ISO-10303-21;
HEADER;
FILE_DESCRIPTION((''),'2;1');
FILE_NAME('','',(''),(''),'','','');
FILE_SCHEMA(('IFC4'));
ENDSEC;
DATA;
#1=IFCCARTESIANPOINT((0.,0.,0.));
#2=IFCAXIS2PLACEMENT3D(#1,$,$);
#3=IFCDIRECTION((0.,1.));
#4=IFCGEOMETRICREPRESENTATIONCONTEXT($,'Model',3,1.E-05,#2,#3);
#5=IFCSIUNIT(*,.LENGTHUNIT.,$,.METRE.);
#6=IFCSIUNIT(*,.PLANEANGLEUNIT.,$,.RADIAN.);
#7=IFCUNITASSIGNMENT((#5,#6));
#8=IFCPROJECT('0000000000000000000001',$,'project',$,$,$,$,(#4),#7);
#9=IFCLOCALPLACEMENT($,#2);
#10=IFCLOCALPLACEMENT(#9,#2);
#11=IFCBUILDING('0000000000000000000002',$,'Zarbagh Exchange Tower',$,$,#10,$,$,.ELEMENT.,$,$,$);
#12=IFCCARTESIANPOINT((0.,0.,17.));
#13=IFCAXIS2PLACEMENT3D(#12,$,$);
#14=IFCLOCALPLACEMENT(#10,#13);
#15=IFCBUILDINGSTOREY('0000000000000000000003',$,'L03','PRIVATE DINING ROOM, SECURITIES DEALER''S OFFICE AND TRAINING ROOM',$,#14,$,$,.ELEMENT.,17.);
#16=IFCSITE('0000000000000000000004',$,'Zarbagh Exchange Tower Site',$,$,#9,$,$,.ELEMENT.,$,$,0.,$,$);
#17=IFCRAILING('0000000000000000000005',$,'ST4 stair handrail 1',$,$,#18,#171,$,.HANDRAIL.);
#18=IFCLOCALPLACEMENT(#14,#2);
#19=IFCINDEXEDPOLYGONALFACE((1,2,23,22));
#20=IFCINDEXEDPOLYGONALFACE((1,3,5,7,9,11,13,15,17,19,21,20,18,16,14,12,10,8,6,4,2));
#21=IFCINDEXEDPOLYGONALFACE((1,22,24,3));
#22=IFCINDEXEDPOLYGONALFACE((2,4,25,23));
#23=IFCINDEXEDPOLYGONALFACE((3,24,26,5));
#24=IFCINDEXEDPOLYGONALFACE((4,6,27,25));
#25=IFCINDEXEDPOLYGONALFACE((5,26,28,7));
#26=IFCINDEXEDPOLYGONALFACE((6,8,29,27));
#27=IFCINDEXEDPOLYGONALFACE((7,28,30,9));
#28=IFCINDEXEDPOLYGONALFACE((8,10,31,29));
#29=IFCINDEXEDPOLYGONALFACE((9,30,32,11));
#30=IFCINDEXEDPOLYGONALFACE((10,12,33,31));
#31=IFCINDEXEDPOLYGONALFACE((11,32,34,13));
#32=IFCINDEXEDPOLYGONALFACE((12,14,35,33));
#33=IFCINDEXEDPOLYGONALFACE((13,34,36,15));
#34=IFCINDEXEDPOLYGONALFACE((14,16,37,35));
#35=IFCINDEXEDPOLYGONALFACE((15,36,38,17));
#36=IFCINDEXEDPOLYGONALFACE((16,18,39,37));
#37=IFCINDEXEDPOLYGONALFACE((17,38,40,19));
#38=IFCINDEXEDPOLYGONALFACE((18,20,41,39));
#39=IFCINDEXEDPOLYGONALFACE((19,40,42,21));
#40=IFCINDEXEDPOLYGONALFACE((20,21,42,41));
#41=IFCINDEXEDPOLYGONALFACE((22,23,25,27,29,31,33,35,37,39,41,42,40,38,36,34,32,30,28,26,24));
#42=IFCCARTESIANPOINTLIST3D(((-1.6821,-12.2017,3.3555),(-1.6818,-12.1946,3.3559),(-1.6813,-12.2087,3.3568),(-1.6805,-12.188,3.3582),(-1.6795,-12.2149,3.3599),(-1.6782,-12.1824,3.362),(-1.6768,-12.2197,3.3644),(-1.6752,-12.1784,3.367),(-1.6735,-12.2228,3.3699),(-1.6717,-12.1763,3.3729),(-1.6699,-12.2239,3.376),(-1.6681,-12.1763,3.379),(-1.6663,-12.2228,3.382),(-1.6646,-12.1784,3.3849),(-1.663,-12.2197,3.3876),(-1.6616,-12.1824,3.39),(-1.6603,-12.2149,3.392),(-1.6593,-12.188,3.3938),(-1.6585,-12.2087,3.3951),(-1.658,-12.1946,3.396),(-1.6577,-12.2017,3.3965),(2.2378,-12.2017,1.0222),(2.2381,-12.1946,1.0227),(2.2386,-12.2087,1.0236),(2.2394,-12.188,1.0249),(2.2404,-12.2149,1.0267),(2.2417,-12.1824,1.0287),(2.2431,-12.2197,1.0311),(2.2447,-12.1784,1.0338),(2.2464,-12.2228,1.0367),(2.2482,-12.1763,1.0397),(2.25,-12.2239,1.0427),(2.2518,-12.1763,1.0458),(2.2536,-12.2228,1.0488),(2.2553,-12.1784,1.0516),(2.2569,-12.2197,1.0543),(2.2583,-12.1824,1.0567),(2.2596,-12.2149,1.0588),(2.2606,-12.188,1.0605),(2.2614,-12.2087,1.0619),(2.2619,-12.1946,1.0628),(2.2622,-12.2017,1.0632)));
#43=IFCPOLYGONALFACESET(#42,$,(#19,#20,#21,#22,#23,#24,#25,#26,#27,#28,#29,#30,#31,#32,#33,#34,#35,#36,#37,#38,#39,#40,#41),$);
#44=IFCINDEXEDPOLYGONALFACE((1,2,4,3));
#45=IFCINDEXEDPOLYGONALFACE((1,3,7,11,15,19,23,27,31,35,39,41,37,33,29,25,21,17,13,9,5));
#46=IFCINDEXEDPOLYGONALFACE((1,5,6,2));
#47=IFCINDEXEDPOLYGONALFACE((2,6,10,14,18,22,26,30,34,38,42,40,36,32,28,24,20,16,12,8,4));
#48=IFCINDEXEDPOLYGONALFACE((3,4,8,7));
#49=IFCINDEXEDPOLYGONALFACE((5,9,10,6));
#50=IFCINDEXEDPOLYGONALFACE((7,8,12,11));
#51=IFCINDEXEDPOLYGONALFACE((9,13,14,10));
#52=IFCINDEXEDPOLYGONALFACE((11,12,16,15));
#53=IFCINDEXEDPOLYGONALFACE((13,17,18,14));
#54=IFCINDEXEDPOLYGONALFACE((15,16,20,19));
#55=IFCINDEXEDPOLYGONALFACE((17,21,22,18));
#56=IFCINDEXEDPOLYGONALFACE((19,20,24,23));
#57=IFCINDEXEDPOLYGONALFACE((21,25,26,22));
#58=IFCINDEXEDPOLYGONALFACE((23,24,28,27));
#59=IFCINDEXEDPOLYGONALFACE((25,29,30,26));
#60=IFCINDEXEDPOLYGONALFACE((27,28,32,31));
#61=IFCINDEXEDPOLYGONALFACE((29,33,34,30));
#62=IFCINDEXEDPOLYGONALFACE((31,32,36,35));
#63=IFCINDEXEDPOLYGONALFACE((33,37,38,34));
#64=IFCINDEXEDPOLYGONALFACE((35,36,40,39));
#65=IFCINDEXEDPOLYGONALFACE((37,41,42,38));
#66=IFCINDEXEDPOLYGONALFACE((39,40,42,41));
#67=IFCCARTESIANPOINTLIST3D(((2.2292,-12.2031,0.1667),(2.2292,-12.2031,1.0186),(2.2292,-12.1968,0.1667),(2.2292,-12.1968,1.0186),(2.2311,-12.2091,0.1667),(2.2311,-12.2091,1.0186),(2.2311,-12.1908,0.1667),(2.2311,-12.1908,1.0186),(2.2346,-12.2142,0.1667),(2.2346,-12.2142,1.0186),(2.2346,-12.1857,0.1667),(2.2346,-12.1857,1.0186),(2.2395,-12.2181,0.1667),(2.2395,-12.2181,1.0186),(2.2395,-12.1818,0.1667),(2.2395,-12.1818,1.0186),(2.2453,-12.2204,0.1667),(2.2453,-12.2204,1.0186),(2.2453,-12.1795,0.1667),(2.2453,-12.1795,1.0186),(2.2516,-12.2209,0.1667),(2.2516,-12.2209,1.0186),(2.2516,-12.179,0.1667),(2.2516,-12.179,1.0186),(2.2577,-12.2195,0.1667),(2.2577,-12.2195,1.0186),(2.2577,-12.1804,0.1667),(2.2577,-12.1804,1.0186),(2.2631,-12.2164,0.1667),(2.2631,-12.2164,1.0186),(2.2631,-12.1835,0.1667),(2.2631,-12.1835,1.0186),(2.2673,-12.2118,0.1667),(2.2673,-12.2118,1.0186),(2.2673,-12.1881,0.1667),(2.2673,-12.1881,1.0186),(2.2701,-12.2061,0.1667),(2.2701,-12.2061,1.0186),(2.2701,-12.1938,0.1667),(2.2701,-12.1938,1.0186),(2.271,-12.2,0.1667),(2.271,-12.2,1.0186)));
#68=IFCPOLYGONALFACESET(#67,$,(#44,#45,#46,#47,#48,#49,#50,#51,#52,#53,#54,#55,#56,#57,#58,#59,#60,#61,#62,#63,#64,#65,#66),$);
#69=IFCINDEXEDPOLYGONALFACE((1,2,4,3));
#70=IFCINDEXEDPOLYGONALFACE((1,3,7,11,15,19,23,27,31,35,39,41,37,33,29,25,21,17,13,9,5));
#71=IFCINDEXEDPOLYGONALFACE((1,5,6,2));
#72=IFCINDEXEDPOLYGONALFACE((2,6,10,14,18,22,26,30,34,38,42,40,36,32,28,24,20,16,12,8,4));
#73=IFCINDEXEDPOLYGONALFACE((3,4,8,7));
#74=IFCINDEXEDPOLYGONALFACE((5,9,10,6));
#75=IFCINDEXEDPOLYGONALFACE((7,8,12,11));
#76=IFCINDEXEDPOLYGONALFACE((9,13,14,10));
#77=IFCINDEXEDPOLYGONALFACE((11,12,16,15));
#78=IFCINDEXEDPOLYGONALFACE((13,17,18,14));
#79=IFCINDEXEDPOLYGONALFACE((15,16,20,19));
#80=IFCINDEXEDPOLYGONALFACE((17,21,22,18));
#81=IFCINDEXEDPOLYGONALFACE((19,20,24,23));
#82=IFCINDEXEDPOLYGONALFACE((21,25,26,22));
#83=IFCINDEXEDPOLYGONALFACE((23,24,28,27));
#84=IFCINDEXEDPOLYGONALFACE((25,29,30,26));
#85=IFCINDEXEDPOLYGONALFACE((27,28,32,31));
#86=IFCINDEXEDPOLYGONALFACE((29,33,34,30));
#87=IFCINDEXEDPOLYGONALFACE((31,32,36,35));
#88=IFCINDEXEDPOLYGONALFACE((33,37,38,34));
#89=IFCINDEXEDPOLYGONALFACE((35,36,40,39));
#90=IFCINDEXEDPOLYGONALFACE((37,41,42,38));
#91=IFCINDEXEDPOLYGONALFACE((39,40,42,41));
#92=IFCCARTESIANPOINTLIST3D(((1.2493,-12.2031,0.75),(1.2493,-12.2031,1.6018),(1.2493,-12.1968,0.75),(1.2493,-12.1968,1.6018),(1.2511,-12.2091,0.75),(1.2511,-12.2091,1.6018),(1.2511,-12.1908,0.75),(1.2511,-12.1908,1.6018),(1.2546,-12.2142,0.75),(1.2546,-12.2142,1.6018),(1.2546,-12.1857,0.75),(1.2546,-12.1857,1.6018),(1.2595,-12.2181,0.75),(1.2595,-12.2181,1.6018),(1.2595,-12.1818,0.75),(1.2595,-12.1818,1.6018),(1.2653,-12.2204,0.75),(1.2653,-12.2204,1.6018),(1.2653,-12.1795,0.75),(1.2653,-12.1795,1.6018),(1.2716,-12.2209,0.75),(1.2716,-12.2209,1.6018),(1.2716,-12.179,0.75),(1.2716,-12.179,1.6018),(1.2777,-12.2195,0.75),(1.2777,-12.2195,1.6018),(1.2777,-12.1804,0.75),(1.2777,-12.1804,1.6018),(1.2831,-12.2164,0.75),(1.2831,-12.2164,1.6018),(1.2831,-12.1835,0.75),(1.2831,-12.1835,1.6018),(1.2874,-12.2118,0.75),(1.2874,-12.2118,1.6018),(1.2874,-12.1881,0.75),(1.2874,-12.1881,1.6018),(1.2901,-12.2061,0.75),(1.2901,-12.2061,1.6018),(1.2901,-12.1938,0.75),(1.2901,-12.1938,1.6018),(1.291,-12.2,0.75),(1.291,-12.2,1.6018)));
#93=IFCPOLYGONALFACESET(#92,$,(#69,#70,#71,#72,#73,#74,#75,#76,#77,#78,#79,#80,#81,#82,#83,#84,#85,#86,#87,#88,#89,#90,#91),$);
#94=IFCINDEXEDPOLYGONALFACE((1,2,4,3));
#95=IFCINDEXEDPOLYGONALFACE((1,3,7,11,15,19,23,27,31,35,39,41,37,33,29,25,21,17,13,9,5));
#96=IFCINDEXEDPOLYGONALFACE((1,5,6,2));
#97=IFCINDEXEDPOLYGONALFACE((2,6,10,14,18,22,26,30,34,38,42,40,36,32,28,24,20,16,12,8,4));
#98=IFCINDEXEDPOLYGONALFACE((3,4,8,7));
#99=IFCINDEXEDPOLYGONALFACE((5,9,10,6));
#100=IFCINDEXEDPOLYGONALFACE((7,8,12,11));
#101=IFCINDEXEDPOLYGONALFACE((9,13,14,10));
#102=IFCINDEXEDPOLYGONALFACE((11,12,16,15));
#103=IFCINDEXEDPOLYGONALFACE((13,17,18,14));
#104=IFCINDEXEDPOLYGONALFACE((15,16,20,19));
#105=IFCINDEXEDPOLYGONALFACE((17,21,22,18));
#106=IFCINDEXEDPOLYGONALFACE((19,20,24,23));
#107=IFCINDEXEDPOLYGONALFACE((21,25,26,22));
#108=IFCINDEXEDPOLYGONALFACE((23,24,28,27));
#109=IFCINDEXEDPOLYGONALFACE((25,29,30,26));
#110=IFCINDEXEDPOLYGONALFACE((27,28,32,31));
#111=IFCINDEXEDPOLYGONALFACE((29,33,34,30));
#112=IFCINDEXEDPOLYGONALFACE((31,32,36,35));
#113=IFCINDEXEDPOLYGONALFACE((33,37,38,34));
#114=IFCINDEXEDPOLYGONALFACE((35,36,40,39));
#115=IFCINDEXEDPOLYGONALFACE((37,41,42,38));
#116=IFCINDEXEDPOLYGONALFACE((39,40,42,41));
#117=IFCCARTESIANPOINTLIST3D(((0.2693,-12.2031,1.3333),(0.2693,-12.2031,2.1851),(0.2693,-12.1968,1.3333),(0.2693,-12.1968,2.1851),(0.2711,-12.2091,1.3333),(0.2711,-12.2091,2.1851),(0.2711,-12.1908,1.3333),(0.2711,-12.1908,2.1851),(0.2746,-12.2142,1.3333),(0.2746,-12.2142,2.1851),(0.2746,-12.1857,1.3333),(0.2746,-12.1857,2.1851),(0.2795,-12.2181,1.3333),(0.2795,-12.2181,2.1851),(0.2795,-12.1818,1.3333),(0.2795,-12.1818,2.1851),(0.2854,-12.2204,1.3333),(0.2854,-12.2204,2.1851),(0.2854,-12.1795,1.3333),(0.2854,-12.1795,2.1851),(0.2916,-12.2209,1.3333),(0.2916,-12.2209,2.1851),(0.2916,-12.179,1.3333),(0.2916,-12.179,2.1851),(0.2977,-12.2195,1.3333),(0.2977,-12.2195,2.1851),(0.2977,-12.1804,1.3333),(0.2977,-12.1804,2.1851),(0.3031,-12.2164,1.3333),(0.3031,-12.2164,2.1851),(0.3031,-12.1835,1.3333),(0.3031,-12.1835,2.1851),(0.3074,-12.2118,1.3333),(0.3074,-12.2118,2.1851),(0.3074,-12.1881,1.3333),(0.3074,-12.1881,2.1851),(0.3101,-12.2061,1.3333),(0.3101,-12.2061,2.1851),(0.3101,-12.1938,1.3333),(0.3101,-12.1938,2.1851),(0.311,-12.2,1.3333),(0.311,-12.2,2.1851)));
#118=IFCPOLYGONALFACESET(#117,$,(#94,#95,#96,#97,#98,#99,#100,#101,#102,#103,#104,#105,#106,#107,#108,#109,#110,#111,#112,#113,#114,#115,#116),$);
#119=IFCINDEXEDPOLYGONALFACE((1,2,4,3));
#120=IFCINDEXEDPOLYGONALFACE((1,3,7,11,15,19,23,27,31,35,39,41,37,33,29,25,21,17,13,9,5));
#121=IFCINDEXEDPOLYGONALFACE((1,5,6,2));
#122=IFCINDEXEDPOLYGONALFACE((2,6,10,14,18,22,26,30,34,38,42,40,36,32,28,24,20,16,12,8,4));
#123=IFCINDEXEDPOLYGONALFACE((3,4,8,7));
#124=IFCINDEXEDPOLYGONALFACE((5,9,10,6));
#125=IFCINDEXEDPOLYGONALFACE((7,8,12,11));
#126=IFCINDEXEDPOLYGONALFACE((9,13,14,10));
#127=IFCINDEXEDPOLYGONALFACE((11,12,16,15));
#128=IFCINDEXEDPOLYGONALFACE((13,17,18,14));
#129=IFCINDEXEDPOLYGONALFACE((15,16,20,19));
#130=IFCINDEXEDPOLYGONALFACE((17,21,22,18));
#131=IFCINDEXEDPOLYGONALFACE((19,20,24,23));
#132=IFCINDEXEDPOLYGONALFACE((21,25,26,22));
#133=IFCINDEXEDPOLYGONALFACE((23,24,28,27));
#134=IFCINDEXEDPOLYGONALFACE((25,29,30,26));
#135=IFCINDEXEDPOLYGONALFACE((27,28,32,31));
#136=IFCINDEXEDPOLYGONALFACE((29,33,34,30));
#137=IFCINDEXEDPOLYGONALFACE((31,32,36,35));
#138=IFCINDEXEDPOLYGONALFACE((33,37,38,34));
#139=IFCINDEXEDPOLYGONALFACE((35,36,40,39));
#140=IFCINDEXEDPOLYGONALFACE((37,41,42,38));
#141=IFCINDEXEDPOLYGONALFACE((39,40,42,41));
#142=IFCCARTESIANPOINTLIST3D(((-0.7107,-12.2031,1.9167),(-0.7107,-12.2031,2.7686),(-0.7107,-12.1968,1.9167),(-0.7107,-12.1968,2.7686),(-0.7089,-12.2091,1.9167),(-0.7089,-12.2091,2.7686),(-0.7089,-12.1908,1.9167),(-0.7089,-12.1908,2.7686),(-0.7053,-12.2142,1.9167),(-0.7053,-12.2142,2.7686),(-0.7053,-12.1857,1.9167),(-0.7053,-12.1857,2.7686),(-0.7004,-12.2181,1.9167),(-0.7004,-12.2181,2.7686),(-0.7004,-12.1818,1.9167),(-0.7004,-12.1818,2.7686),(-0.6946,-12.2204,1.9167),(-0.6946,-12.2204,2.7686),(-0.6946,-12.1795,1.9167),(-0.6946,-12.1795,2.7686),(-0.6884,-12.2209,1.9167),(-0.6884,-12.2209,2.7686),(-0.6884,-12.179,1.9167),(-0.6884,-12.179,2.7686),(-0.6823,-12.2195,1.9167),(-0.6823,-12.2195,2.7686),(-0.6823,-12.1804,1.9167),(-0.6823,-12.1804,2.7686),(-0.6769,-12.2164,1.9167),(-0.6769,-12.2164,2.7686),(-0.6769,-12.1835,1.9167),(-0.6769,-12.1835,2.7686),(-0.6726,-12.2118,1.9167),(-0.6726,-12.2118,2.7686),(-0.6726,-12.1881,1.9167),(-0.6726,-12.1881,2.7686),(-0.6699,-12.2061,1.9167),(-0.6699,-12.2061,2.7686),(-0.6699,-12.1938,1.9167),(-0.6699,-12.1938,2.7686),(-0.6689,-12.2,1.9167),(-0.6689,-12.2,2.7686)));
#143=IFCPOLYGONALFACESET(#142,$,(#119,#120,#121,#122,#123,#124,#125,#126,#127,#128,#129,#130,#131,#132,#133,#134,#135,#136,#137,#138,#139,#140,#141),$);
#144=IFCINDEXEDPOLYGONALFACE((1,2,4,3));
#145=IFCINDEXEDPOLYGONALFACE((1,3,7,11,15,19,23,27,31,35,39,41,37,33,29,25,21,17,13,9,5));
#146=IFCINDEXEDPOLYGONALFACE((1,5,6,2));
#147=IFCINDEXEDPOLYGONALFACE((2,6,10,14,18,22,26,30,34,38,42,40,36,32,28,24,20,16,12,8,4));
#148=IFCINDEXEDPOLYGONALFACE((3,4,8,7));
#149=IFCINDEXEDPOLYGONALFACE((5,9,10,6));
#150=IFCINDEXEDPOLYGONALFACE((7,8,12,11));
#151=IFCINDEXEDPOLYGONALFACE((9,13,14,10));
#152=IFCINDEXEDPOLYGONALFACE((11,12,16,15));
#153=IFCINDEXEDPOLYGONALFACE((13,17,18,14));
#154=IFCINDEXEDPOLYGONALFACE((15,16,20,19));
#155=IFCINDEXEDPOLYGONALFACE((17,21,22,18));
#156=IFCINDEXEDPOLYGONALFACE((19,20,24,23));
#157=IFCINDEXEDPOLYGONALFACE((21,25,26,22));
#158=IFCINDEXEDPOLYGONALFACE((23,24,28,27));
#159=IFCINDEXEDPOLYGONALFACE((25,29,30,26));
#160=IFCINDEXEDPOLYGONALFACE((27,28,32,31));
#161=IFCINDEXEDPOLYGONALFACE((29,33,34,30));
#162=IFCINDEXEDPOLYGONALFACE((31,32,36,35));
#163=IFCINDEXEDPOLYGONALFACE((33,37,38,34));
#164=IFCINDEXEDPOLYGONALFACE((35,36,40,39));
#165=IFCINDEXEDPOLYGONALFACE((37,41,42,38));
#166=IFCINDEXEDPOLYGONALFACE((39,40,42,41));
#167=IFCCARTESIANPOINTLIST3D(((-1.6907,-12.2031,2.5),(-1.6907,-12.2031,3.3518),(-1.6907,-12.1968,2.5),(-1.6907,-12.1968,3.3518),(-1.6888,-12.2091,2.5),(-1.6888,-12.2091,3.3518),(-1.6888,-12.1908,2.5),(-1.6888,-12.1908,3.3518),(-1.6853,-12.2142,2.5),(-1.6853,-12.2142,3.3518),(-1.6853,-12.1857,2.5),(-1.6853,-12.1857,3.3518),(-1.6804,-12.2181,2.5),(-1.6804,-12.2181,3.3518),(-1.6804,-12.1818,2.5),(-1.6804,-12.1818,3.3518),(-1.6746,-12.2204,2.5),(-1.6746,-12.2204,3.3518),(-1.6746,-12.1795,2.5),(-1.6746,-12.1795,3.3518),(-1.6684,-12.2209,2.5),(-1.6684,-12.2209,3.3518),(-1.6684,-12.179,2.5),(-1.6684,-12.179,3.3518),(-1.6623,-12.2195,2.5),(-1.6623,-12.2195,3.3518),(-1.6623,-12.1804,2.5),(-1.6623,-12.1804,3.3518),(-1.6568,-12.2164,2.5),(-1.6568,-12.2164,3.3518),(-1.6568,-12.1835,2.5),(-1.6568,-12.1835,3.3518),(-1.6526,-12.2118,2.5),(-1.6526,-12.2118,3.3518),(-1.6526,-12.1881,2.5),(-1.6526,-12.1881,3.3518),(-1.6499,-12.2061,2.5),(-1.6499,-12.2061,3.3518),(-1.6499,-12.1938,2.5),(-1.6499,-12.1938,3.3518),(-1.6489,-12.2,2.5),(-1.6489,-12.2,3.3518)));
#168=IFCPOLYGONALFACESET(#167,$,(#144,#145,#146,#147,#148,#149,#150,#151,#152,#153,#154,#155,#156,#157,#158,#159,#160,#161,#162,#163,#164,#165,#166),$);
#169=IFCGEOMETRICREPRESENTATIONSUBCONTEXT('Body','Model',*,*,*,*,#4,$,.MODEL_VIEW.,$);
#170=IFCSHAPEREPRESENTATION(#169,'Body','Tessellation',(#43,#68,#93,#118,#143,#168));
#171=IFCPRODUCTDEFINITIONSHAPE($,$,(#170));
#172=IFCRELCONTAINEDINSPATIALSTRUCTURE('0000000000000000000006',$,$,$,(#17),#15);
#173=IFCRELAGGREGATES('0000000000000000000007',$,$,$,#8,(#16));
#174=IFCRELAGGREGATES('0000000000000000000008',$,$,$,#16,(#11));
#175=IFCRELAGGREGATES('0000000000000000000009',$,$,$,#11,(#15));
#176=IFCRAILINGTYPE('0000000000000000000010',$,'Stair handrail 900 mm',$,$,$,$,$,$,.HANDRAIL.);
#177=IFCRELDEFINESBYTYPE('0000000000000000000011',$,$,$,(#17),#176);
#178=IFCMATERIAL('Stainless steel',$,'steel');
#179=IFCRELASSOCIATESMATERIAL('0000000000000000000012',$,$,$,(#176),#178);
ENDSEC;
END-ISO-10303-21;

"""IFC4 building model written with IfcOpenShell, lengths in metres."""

from ifc_helpers import new_model, si_unit, direction, frame, origin, origin_2d, place, context, subcontext, project, spatial, circle, extrude, material, type_object, element, save


model = new_model("IFC4")

# Units and contexts
model_context = context("Model", 3, precision=1e-05, world=origin(), true_north=direction((0.0, 1.0)))
body_context = subcontext(model_context, "Body", "Model", "MODEL_VIEW")
ifc_project = project(units=[si_unit("LENGTHUNIT", "METRE"), si_unit("PLANEANGLEUNIT", "RADIAN")], contexts=[model_context])

# Site, building, storey
site_placement = place(None, origin())
site = spatial("IfcSite", under=ifc_project, at=site_placement, Name="Zarbagh Exchange Tower Site", CompositionType="ELEMENT", RefElevation=0.0)
building_placement = place(site_placement, origin())
building = spatial("IfcBuilding", under=site, at=building_placement, Name="Zarbagh Exchange Tower", CompositionType="ELEMENT")
storey_placement = place(building_placement, frame((0.0, 0.0, 17.0)))
storey = spatial("IfcBuildingStorey", under=building, at=storey_placement, Name="L03", Description="PRIVATE DINING ROOM, SECURITIES DEALER'S OFFICE AND TRAINING ROOM", CompositionType="ELEMENT", Elevation=17.0)

# Railing
ifc_material_1 = material(Name="Stainless steel", Category="steel")
railing_type_1 = type_object("IfcRailingType", Name="Stair handrail 900 mm", PredefinedType="HANDRAIL", material=ifc_material_1)
for number, where, name in (
    (1, (2.25, -12.2, 0.1667), "ST4 stair handrail 1"),
):
    element("IfcRailing", number, at=place(storey_placement, frame(where)), inside=storey, type_object=railing_type_1, Name=name, PredefinedType="HANDRAIL", context=body_context, shape_type="SweptSolid", body=[
        extrude(circle(Radius=0.0239, at=origin_2d()), frame((0.0, 0.0, 0.876), z_axis=(-0.859296, 0.0, 0.511478), x_axis=(0.0, -1.0, 0.0)), (0.0, 0.0, 1.0), 4.5618),
        extrude(circle(Radius=0.021, at=origin_2d()), origin(), (0.0, 0.0, 1.0), 0.8518),
        extrude(circle(Radius=0.021, at=origin_2d()), frame((-0.98, 0.0, 0.5833)), (0.0, 0.0, 1.0), 0.8518),
        extrude(circle(Radius=0.021, at=origin_2d()), frame((-1.96, 0.0, 1.1665)), (0.0, 0.0, 1.0), 0.8518),
        extrude(circle(Radius=0.021, at=origin_2d()), frame((-2.9399, 0.0, 1.75)), (0.0, 0.0, 1.0), 0.8518),
        extrude(circle(Radius=0.021, at=origin_2d()), frame((-3.9199, 0.0, 2.3333)), (0.0, 0.0, 1.0), 0.8518),
    ])

save(model, "model.ifc")
